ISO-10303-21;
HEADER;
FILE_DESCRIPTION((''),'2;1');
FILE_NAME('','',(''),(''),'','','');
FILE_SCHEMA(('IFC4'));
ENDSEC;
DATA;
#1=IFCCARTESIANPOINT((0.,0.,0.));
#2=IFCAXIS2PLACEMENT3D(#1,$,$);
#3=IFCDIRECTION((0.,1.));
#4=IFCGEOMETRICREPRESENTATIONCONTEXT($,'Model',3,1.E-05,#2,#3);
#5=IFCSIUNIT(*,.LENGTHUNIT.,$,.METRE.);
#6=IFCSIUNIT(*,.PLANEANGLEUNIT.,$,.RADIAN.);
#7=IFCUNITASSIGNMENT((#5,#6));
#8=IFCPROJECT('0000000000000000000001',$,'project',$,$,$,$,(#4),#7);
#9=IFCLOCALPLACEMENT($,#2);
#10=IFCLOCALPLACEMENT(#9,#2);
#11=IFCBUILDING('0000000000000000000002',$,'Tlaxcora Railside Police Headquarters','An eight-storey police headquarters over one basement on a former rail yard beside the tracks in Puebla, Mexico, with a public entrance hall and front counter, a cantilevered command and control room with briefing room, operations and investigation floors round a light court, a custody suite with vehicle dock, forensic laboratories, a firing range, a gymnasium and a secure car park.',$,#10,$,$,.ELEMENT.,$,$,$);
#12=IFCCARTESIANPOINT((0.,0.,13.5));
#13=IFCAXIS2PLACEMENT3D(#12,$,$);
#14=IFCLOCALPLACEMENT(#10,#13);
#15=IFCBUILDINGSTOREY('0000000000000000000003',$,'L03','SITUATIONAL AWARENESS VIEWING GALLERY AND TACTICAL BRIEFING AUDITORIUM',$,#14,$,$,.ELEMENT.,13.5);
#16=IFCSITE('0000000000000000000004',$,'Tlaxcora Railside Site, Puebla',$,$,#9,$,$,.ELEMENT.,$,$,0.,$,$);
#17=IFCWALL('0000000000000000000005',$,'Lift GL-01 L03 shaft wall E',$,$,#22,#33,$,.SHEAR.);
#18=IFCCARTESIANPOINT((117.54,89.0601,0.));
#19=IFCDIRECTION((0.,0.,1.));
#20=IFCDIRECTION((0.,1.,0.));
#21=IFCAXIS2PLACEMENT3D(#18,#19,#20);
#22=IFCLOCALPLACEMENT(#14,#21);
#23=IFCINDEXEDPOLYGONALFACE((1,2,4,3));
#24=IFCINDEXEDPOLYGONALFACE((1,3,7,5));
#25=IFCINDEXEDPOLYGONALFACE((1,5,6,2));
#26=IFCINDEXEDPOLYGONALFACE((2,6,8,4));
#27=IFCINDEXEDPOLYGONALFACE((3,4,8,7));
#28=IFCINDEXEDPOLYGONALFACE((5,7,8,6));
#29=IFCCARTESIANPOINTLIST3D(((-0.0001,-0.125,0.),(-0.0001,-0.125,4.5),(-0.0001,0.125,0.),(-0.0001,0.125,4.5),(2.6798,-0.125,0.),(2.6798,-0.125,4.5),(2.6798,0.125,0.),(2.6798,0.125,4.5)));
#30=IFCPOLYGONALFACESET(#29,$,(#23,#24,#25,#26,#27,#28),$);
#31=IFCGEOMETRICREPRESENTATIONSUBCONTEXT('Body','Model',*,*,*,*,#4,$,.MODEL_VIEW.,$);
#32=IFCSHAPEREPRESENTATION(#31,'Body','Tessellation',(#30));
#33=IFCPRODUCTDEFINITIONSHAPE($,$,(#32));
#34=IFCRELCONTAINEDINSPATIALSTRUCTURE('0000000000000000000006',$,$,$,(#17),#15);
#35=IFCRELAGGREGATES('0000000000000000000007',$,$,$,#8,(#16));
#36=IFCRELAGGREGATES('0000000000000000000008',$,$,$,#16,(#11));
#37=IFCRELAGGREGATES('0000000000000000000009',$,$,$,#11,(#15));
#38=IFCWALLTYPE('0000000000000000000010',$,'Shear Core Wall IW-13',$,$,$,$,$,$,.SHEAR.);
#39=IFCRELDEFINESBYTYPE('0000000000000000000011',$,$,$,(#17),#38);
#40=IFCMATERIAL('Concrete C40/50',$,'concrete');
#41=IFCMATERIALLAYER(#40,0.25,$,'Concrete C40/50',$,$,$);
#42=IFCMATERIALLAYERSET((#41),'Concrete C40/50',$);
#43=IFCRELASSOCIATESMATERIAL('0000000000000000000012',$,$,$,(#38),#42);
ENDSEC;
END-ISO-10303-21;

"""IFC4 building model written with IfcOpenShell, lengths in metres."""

from ifc_helpers import new_model, si_unit, direction, frame, frame_2d, origin, place, context, subcontext, project, spatial, rectangle, extrude, material, layer, layer_set, type_object, element, save


model = new_model("IFC4")

# Units and contexts
model_context = context("Model", 3, precision=1e-05, world=origin(), true_north=direction((0.0, 1.0)))
body_context = subcontext(model_context, "Body", "Model", "MODEL_VIEW")
ifc_project = project(units=[si_unit("LENGTHUNIT", "METRE"), si_unit("PLANEANGLEUNIT", "RADIAN")], contexts=[model_context])

# Site, building, storey
site_placement = place(None, origin())
site = spatial("IfcSite", under=ifc_project, at=site_placement, Name="Tlaxcora Railside Site, Puebla", CompositionType="ELEMENT", RefElevation=0.0)
building_placement = place(site_placement, origin())
building = spatial("IfcBuilding", under=site, at=building_placement, Name="Tlaxcora Railside Police Headquarters", Description="An eight-storey police headquarters over one basement on a former rail yard beside the tracks in Puebla, Mexico, with a public entrance hall and front counter, a cantilevered command and control room with briefing room, operations and investigation floors round a light court, a custody suite with vehicle dock, forensic laboratories, a firing range, a gymnasium and a secure car park.", CompositionType="ELEMENT")
storey_placement = place(building_placement, frame((0.0, 0.0, 13.5)))
storey = spatial("IfcBuildingStorey", under=building, at=storey_placement, Name="L03", Description="SITUATIONAL AWARENESS VIEWING GALLERY AND TACTICAL BRIEFING AUDITORIUM", CompositionType="ELEMENT", Elevation=13.5)

# Shared definitions
ifc_material_1 = material(Name="Concrete C40/50", Category="concrete")

# Wall
ifc_layer_1 = layer(ifc_material_1, 0.25, Name="Concrete C40/50")
ifc_layer_set_1 = layer_set([ifc_layer_1], Name="Concrete C40/50")
wall_type_1 = type_object("IfcWallType", Name="Shear Core Wall IW-13", PredefinedType="SHEAR", material=ifc_layer_set_1)
wall_1_placement = place(storey_placement, frame((117.54, 89.0601, 0.0), z_axis=(0.0, 0.0, 1.0), x_axis=(0.0, 1.0, 0.0)))
element("IfcWall", 1, at=wall_1_placement, inside=storey, type_object=wall_type_1, Name="Lift GL-01 L03 shaft wall E", PredefinedType="SHEAR", context=body_context, shape_type="SweptSolid", body=[
    extrude(rectangle(XDim=2.6799, YDim=0.25, at=frame_2d((1.3398, 0.0))), origin(), (0.0, 0.0, 1.0), 4.5),
])

save(model, "model.ifc")
